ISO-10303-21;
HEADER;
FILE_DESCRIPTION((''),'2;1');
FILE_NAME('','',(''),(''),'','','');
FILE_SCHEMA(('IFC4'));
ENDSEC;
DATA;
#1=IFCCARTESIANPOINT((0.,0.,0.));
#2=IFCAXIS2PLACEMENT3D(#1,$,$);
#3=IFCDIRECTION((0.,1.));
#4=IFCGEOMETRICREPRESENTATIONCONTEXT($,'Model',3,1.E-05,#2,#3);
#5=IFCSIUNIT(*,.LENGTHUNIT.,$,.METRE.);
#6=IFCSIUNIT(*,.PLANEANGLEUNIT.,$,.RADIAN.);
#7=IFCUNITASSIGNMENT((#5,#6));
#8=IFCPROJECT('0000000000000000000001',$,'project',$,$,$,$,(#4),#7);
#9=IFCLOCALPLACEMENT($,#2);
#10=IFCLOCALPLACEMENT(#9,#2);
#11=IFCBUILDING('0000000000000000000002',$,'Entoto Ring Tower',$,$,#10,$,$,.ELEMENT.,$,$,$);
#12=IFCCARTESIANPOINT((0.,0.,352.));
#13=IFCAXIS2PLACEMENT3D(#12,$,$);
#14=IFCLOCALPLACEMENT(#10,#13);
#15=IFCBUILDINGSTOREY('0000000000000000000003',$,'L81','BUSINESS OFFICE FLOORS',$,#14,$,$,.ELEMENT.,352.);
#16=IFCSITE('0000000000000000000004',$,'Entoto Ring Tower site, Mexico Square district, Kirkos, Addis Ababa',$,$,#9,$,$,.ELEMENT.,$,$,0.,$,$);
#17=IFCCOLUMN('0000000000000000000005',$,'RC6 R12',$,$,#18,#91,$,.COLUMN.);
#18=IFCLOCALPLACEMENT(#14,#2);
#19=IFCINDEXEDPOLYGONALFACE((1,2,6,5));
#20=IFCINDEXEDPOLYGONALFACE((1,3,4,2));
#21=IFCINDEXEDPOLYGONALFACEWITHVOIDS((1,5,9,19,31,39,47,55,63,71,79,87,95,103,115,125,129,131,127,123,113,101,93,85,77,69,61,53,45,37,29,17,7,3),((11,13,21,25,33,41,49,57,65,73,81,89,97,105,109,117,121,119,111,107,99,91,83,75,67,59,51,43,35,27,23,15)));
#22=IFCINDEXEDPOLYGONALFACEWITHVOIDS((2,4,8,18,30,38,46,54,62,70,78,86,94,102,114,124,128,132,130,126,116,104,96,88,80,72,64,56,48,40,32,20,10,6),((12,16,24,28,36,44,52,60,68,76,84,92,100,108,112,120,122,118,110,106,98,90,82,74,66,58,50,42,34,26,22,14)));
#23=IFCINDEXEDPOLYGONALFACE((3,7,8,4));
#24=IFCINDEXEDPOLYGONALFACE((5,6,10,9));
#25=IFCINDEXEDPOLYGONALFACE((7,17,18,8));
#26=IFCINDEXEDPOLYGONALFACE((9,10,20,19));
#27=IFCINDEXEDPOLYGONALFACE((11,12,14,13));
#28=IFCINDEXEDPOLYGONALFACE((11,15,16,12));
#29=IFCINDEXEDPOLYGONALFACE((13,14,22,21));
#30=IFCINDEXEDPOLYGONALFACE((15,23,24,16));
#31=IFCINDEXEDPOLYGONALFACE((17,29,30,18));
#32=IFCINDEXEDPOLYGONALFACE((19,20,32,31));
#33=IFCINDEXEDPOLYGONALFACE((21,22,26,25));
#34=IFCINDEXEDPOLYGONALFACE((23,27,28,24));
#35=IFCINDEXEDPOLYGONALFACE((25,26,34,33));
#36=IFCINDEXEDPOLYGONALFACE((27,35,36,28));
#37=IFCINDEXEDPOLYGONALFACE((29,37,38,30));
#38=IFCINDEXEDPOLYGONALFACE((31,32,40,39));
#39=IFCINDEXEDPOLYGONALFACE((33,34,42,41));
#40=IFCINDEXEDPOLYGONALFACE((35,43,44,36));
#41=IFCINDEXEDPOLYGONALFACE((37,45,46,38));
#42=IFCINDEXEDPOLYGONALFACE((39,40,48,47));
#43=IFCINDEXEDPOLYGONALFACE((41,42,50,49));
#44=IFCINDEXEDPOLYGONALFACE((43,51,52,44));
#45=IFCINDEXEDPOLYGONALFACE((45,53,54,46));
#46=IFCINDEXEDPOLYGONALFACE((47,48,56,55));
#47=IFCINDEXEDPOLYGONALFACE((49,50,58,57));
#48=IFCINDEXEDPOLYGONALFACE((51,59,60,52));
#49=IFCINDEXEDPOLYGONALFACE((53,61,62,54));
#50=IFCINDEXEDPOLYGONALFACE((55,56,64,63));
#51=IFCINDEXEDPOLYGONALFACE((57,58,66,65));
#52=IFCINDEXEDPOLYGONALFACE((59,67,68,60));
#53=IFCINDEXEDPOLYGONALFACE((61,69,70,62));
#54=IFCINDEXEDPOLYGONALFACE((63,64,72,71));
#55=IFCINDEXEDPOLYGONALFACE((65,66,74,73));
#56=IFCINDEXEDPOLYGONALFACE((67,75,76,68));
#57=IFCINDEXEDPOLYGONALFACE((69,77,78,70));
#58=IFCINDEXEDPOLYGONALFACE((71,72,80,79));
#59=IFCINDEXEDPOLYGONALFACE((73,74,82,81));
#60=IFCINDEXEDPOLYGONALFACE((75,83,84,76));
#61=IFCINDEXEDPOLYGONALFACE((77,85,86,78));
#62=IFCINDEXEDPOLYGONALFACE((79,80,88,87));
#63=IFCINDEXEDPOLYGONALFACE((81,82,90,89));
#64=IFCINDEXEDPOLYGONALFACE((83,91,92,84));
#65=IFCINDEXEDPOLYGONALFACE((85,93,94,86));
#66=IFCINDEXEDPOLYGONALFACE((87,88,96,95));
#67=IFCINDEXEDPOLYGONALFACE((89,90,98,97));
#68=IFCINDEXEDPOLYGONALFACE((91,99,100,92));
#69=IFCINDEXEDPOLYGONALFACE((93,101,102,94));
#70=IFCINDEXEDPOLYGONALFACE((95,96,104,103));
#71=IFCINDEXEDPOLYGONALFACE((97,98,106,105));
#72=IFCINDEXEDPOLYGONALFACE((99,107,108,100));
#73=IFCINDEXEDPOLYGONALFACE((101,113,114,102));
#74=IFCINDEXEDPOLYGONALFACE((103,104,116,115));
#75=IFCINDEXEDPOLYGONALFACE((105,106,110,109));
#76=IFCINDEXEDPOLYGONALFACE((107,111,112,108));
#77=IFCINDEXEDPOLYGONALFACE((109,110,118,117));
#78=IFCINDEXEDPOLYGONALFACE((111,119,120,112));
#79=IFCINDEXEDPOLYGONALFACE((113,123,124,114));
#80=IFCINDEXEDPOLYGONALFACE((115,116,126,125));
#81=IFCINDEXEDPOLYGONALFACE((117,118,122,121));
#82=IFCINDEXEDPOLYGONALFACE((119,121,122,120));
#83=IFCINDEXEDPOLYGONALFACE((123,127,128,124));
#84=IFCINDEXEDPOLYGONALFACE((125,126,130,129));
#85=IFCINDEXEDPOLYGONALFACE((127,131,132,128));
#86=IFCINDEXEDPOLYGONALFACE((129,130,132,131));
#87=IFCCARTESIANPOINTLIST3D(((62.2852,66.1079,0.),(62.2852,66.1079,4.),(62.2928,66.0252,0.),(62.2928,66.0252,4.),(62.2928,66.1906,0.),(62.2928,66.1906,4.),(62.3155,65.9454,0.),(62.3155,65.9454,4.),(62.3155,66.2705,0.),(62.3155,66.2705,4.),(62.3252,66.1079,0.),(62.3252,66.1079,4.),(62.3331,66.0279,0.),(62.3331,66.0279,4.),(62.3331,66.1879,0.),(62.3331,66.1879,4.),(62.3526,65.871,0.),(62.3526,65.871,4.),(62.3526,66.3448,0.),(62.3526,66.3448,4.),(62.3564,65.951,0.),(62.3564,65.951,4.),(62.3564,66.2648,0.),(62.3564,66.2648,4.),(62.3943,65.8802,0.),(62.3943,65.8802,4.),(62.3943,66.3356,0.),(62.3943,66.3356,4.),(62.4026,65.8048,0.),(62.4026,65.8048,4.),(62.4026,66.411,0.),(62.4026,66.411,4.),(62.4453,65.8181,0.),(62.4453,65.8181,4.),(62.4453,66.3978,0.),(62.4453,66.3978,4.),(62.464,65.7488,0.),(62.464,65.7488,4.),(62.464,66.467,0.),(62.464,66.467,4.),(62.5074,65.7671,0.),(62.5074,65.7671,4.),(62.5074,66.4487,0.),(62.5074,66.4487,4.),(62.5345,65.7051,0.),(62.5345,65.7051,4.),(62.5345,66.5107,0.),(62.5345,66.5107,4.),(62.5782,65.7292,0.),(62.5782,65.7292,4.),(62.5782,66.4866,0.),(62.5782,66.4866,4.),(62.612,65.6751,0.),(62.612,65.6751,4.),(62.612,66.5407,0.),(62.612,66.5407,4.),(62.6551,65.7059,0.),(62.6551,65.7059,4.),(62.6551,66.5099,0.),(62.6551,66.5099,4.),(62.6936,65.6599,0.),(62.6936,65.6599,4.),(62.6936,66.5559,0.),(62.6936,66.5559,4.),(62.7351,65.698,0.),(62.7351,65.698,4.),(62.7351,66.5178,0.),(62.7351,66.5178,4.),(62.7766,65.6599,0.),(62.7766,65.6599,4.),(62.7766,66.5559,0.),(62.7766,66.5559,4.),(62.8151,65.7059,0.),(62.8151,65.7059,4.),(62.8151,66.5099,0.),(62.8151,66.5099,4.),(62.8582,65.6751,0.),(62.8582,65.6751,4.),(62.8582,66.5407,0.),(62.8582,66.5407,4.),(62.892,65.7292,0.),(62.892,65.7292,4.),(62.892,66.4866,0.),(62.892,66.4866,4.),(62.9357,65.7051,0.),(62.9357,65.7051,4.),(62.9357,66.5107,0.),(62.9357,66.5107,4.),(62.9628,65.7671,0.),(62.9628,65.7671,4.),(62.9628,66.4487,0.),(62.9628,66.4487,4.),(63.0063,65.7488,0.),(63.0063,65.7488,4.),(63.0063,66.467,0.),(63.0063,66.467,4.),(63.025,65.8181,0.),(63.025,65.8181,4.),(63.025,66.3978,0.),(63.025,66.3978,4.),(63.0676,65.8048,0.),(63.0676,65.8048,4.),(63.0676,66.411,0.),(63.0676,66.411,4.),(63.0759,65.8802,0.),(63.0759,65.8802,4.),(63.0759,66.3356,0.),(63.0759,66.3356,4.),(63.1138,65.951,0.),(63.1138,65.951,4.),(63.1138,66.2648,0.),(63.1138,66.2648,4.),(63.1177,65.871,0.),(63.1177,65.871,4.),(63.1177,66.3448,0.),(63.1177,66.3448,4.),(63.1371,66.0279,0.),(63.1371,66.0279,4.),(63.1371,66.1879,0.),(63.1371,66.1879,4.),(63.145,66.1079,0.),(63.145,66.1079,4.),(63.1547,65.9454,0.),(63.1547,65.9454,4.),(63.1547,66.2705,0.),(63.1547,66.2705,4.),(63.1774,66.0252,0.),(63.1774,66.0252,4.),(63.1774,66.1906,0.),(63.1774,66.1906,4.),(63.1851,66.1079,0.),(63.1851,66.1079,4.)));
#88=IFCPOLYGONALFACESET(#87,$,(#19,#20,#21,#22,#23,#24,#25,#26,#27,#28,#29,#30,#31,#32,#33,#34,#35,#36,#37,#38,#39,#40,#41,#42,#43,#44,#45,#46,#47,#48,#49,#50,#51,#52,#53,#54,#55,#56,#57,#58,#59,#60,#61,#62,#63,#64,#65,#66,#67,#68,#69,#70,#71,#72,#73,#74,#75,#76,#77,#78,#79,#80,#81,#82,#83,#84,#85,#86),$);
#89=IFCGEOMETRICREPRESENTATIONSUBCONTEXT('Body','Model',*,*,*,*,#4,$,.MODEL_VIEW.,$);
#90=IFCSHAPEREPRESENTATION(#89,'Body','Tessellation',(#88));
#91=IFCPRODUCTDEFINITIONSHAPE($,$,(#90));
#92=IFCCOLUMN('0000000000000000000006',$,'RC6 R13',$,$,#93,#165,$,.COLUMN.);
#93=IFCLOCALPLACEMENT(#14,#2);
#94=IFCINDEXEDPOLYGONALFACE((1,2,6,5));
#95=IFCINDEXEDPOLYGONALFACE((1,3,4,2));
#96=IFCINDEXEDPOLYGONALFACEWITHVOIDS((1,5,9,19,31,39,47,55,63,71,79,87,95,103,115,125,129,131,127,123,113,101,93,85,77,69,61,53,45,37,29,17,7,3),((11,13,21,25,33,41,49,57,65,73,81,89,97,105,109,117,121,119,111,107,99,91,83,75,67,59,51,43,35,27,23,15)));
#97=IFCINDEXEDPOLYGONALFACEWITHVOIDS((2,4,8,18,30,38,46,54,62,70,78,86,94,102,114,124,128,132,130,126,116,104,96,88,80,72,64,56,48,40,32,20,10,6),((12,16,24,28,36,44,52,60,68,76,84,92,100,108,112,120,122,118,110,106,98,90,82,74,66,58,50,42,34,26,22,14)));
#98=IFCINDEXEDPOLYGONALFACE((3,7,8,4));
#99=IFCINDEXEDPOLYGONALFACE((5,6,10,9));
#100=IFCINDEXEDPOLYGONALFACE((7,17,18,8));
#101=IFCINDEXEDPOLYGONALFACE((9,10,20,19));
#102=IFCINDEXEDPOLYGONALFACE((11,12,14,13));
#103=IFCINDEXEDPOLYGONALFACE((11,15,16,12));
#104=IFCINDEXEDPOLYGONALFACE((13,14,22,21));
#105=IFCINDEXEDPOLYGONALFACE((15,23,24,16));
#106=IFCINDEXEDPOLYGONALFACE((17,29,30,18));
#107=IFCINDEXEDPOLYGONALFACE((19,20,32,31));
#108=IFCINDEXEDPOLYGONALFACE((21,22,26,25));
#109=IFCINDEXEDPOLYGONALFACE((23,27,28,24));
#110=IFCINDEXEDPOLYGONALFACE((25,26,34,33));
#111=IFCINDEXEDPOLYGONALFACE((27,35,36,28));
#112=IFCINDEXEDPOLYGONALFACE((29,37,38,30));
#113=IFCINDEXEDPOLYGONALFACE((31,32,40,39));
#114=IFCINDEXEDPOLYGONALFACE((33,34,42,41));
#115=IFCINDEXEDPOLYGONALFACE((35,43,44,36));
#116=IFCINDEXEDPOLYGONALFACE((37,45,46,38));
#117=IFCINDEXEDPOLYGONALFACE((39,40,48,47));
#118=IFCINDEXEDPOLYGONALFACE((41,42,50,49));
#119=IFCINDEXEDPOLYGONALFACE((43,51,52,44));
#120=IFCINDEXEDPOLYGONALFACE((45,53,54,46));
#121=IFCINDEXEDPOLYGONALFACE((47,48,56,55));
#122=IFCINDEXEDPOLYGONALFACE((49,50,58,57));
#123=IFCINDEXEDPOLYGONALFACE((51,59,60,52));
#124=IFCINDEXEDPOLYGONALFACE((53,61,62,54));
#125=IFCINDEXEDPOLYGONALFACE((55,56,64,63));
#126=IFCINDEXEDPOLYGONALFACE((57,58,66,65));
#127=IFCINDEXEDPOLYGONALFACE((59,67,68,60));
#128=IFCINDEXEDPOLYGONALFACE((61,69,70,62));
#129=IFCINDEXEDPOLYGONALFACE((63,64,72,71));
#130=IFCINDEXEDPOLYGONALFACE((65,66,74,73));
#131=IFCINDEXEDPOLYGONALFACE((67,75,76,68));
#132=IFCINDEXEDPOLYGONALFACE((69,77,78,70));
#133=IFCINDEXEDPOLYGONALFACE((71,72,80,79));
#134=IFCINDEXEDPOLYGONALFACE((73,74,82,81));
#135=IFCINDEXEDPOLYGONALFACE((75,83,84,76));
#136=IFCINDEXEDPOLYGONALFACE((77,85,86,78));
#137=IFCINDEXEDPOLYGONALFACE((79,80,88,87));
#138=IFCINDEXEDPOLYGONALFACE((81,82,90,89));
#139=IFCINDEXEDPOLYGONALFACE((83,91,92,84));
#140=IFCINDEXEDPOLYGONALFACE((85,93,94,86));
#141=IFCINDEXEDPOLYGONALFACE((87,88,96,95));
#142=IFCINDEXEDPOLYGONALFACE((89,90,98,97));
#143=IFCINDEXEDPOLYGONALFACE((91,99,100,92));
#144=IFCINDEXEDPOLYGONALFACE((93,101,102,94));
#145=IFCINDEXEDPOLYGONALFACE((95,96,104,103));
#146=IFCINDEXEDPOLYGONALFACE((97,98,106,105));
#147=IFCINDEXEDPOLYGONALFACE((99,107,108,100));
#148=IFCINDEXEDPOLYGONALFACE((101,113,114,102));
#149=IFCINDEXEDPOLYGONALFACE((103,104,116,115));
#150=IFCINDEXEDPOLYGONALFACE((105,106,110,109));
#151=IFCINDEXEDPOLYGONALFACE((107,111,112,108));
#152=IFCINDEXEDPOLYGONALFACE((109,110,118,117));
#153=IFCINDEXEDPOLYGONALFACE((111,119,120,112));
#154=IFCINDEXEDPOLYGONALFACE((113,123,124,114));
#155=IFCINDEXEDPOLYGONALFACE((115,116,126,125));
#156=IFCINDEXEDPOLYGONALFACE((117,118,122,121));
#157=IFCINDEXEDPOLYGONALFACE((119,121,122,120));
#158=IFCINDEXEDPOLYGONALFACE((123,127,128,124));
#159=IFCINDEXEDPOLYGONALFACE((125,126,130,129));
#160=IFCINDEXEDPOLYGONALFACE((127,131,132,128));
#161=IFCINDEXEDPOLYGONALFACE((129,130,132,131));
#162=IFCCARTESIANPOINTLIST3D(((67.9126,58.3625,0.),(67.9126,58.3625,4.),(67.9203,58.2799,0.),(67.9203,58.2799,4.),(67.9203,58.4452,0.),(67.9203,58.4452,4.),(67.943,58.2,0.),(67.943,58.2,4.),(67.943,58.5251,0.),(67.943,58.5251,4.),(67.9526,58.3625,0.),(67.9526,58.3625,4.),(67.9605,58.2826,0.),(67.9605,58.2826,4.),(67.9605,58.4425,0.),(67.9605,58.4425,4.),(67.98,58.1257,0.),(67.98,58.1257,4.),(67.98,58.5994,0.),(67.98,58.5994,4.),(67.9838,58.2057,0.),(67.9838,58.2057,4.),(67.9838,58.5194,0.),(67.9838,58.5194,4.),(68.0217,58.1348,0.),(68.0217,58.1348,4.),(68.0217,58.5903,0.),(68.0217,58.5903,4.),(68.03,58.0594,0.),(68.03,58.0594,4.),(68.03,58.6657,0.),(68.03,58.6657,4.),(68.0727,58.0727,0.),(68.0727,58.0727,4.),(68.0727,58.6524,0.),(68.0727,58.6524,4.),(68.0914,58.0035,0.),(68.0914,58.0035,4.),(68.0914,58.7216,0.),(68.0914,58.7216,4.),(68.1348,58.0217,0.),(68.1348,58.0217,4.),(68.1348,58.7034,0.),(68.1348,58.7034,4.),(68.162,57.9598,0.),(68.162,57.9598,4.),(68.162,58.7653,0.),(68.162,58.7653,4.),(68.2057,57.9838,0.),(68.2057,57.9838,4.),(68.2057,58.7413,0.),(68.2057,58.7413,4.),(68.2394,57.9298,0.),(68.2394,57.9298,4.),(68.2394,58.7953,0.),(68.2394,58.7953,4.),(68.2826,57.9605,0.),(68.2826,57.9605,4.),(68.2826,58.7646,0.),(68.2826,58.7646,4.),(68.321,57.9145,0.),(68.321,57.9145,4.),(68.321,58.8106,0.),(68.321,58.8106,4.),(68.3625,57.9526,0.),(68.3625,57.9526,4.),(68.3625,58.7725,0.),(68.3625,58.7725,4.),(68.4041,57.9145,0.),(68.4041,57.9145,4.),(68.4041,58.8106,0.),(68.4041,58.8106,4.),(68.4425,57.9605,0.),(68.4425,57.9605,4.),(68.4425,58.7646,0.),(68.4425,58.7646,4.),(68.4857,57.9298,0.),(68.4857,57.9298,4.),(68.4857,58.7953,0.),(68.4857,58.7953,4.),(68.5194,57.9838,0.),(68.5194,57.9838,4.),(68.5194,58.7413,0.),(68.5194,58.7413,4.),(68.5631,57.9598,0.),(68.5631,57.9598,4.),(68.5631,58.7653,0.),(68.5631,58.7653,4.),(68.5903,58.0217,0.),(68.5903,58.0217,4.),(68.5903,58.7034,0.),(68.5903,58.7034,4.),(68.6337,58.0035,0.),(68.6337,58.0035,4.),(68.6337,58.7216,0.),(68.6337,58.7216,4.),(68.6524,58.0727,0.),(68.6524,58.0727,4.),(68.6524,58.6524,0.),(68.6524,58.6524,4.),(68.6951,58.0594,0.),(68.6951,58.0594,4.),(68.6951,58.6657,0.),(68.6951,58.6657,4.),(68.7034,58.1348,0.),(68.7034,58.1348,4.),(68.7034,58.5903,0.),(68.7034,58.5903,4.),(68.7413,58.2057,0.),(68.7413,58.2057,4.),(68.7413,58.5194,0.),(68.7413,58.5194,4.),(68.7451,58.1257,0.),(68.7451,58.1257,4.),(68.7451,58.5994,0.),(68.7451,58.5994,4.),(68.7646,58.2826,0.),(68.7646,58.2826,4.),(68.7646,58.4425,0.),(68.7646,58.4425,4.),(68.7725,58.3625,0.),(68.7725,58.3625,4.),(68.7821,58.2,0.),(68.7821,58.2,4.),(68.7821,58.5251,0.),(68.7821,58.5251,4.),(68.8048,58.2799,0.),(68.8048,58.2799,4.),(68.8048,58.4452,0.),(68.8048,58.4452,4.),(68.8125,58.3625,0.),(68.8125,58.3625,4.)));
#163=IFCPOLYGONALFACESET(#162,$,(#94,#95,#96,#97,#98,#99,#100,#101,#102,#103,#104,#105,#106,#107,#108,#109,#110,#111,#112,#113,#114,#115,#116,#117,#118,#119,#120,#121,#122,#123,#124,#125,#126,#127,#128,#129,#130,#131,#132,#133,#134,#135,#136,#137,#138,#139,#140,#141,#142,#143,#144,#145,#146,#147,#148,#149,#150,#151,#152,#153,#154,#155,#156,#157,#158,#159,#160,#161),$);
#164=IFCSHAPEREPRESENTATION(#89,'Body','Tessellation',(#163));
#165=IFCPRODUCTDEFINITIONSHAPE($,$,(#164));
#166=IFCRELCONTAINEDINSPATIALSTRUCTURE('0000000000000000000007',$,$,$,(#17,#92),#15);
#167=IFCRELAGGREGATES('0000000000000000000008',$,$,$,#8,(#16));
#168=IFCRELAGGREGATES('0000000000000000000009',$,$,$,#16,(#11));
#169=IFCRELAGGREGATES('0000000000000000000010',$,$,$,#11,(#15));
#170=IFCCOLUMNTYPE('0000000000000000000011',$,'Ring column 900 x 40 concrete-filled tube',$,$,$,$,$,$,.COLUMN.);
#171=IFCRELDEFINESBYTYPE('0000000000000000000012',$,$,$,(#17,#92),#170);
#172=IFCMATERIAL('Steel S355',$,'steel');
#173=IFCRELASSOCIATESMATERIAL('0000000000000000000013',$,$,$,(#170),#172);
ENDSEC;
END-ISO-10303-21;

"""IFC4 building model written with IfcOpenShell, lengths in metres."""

from ifc_helpers import new_model, si_unit, direction, frame, origin, origin_2d, place, context, subcontext, project, spatial, circle, hollow_circle, extrude, material, material_profile, profile_set, type_object, element, save


model = new_model("IFC4")

# Units and contexts
model_context = context("Model", 3, precision=1e-05, world=origin(), true_north=direction((0.0, 1.0)))
body_context = subcontext(model_context, "Body", "Model", "MODEL_VIEW")
ifc_project = project(units=[si_unit("LENGTHUNIT", "METRE"), si_unit("PLANEANGLEUNIT", "RADIAN")], contexts=[model_context])

# Site, building, storey
site_placement = place(None, origin())
site = spatial("IfcSite", under=ifc_project, at=site_placement, Name="Entoto Ring Tower site, Mexico Square district, Kirkos, Addis Ababa", CompositionType="ELEMENT", RefElevation=0.0)
building_placement = place(site_placement, origin())
building = spatial("IfcBuilding", under=site, at=building_placement, Name="Entoto Ring Tower", CompositionType="ELEMENT")
storey_placement = place(building_placement, frame((0.0, 0.0, 352.0)))
storey = spatial("IfcBuildingStorey", under=building, at=storey_placement, Name="L81", Description="BUSINESS OFFICE FLOORS", CompositionType="ELEMENT", Elevation=352.0)

# Columns
ifc_material_1 = material(Name="Steel S355", Category="steel")
ifc_material_profile_1 = material_profile(ifc_material_1, hollow_circle(Radius=0.45, WallThickness=0.04, at=origin_2d()), Name="CHS 900 x 40")
ifc_material_2 = material(Name="Concrete C60/75", Category="concrete")
ifc_material_profile_2 = material_profile(ifc_material_2, circle(Radius=0.4099, at=origin_2d()), Name="Concrete C60/75 infill")
ifc_profile_set_1 = profile_set([ifc_material_profile_1, ifc_material_profile_2], Name="Steel S355")
column_type = type_object("IfcColumnType", Name="Ring column 900 x 40 concrete-filled tube", PredefinedType="COLUMN", material=ifc_profile_set_1)
for number, where, z_axis, x_axis, name in (
    (1, (62.7351, 66.1079, 0.0), (0.0, 0.0, 1.0), (1.0, 0.0, 0.0), "RC6 R12"),
    (2, (68.3625, 58.3625, 0.0), (0.0, 0.0, 1.0), (1.0, 0.0, 0.0), "RC6 R13"),
):
    element("IfcColumn", number, at=place(storey_placement, frame(where, z_axis=z_axis, x_axis=x_axis)), inside=storey, type_object=column_type, Name=name, PredefinedType="COLUMN", context=body_context, shape_type="SweptSolid", body=[
        extrude(hollow_circle(Radius=0.45, WallThickness=0.04, at=origin_2d()), origin(), (0.0, 0.0, 1.0), 4.0),
    ])

save(model, "model.ifc")
